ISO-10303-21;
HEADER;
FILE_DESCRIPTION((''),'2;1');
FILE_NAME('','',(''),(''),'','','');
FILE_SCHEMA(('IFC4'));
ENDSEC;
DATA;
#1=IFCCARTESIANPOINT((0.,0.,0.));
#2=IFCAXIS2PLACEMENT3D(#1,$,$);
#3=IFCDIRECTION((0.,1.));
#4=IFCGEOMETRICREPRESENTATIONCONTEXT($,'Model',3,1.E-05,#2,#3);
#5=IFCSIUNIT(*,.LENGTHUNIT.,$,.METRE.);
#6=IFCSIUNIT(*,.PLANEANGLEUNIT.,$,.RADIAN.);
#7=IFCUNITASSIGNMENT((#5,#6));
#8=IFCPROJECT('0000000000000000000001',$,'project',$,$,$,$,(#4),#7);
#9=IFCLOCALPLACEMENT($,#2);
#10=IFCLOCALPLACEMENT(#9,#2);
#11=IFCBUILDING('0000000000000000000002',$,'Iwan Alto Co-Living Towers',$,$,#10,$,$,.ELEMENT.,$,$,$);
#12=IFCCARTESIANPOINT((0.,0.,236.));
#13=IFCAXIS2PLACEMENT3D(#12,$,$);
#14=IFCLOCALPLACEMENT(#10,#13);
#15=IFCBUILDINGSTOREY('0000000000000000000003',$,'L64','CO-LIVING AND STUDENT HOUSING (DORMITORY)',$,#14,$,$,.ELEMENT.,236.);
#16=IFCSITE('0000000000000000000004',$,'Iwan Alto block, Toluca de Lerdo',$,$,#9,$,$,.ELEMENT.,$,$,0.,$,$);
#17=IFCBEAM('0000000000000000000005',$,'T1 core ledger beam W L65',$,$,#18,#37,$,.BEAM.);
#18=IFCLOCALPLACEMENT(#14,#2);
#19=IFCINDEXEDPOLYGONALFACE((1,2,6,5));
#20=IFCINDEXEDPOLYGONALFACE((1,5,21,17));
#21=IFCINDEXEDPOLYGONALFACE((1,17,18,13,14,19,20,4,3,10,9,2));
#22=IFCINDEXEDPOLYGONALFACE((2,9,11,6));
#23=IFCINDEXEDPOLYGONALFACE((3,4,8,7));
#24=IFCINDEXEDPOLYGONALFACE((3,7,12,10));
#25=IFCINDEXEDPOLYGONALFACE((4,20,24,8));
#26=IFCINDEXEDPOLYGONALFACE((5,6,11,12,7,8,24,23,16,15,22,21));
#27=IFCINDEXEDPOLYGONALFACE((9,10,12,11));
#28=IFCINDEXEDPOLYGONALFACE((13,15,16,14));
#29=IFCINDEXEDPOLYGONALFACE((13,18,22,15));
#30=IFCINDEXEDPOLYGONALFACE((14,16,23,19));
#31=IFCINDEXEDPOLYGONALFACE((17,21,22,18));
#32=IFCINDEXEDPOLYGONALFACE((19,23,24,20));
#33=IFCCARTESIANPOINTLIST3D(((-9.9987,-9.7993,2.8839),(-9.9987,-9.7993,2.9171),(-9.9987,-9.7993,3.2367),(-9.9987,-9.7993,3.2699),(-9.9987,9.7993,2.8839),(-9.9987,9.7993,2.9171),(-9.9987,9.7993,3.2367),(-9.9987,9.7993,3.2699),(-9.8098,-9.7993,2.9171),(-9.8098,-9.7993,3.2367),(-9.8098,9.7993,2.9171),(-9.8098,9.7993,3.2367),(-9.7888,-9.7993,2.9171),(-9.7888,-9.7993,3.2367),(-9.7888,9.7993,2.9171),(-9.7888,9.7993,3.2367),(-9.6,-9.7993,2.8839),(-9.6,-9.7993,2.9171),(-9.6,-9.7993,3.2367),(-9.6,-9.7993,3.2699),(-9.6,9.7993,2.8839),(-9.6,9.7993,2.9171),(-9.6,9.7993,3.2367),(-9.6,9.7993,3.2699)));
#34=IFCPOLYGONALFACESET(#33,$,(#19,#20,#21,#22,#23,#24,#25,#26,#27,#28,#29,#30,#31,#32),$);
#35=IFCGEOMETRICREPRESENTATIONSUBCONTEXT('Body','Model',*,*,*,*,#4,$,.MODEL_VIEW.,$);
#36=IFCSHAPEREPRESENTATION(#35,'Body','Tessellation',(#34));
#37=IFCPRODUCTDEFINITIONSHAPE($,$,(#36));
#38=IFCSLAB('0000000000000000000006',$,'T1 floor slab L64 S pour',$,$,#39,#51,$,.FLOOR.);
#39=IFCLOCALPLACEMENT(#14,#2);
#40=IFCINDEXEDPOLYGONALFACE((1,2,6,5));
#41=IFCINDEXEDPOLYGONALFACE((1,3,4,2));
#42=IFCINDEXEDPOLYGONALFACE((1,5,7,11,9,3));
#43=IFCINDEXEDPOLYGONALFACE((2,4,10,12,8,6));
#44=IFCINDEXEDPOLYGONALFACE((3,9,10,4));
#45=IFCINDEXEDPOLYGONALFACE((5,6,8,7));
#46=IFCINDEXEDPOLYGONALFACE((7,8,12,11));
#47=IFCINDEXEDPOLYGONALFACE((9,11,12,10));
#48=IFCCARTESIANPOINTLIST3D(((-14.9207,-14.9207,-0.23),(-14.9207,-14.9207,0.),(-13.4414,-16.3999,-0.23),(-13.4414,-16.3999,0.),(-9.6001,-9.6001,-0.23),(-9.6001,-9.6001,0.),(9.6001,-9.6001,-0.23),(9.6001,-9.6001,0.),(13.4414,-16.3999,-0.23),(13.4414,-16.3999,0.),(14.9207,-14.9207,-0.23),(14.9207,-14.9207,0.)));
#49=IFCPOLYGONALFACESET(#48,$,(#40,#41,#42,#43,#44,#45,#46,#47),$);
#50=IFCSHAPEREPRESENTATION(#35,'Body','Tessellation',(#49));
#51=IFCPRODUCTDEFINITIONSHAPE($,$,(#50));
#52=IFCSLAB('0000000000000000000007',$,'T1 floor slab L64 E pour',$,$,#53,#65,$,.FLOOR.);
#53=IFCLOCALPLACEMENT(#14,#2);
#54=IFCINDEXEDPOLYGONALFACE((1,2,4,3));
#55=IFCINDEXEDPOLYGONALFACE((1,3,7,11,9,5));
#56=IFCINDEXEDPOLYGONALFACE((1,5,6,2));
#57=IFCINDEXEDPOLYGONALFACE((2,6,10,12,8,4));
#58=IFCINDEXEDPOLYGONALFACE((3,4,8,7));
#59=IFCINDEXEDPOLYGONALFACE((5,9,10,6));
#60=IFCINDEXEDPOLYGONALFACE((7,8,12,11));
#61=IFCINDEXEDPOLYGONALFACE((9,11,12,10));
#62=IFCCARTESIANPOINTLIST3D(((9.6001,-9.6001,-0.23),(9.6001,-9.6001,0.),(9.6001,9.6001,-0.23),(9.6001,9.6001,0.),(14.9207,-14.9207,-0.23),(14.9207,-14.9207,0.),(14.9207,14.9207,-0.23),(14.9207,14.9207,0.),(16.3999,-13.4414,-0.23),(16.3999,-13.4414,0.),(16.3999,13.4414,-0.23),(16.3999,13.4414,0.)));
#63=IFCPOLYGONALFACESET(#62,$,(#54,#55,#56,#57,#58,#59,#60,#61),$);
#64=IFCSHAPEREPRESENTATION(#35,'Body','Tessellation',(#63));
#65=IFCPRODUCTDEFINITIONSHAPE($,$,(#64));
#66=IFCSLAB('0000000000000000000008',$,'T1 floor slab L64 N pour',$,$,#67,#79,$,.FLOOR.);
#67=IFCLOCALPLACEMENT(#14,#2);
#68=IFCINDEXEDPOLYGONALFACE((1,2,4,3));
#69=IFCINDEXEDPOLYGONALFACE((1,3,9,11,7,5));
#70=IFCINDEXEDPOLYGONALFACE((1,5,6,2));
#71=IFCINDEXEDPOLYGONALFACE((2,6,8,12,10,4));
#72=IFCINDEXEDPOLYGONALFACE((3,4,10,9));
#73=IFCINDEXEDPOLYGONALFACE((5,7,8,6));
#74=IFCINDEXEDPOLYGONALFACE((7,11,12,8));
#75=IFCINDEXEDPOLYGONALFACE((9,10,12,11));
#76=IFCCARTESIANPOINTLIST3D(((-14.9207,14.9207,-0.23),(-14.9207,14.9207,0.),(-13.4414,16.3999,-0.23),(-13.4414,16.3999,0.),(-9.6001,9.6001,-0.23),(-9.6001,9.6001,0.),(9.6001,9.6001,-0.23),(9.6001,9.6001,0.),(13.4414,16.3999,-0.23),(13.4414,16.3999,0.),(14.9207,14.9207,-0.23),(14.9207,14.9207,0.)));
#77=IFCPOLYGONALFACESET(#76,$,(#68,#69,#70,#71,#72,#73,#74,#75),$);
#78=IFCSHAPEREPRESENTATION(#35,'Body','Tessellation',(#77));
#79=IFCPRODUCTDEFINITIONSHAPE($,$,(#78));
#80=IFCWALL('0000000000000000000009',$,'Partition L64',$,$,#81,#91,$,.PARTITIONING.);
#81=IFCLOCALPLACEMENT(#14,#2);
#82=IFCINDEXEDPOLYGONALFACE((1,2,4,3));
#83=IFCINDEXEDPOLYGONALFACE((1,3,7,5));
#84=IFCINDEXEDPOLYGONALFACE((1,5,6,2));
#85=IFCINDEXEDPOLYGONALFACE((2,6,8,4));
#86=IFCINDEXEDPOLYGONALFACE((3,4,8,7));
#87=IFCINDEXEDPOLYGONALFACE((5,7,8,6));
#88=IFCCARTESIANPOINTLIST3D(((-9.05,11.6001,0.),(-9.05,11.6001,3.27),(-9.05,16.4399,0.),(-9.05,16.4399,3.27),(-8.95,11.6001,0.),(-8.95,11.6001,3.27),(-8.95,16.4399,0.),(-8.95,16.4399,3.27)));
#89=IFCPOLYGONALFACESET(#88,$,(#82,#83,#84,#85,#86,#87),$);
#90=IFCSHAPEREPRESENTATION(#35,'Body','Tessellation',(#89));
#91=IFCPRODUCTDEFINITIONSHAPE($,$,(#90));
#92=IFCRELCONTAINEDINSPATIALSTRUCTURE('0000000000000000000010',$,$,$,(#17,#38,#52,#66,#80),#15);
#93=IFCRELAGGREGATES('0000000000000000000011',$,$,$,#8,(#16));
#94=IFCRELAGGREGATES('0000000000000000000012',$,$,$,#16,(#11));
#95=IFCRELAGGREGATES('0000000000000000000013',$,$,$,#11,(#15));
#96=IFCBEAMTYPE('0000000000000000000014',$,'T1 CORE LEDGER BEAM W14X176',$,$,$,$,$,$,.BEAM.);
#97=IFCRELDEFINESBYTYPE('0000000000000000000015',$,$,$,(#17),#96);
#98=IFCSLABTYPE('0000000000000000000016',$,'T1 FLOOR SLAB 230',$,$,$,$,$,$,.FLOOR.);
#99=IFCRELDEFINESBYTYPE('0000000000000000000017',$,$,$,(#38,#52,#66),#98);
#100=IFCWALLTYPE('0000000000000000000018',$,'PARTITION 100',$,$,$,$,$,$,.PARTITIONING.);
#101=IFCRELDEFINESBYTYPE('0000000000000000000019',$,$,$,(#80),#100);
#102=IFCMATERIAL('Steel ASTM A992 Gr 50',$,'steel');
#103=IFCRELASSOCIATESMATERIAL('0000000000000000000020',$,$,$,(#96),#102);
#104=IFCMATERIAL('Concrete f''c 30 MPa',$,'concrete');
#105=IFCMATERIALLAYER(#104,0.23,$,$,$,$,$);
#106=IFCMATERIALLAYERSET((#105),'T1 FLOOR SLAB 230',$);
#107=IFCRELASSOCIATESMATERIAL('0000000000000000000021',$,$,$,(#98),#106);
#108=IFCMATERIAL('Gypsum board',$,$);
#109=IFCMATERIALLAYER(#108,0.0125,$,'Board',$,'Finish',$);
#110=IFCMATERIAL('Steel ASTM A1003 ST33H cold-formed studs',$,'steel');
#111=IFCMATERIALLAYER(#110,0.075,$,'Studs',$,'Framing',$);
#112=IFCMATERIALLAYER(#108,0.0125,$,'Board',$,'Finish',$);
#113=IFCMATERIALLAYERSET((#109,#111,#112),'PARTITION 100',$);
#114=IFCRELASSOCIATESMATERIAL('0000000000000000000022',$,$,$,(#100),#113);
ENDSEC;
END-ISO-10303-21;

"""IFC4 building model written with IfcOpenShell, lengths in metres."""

from ifc_helpers import new_model, si_unit, direction, frame, frame_2d, origin, origin_2d, place, context, subcontext, project, spatial, polyline, rectangle, i_section, outline, extrude, material, layer, layer_set, material_profile, profile_set, type_object, element, save


model = new_model("IFC4")

# Units and contexts
model_context = context("Model", 3, precision=1e-05, world=origin(), true_north=direction((0.0, 1.0)))
body_context = subcontext(model_context, "Body", "Model", "MODEL_VIEW")
ifc_project = project(units=[si_unit("LENGTHUNIT", "METRE"), si_unit("PLANEANGLEUNIT", "RADIAN")], contexts=[model_context])

# Site, building, storey
site_placement = place(None, origin())
site = spatial("IfcSite", under=ifc_project, at=site_placement, Name="Iwan Alto block, Toluca de Lerdo", CompositionType="ELEMENT", RefElevation=0.0)
building_placement = place(site_placement, origin())
building = spatial("IfcBuilding", under=site, at=building_placement, Name="Iwan Alto Co-Living Towers", CompositionType="ELEMENT")
storey_placement = place(building_placement, frame((0.0, 0.0, 236.0)))
storey = spatial("IfcBuildingStorey", under=building, at=storey_placement, Name="L64", Description="CO-LIVING AND STUDENT HOUSING (DORMITORY)", CompositionType="ELEMENT", Elevation=236.0)

# Beam
ifc_material_1 = material(Name="Steel ASTM A992 Gr 50", Category="steel")
ifc_material_profile = material_profile(ifc_material_1, i_section(OverallWidth=0.3987, OverallDepth=0.386, WebThickness=0.021, FlangeThickness=0.0332, at=origin_2d()), Name="W14X176")
ifc_profile_set = profile_set([ifc_material_profile], Name="Steel ASTM A992 Gr 50")
beam_type = type_object("IfcBeamType", Name="T1 CORE LEDGER BEAM W14X176", PredefinedType="BEAM", material=ifc_profile_set)
beam_placement = place(storey_placement, frame((-9.7993, 9.7993, 3.0769), z_axis=(0.0, -1.0, 0.0), x_axis=(1.0, 0.0, 0.0)))
element("IfcBeam", 1, at=beam_placement, inside=storey, type_object=beam_type, Name="T1 core ledger beam W L65", PredefinedType="BEAM", context=body_context, shape_type="SweptSolid", body=[
    extrude(i_section(OverallWidth=0.3987, OverallDepth=0.386, WebThickness=0.021, FlangeThickness=0.0332, at=origin_2d()), origin(), (0.0, 0.0, 1.0), 19.5986),
])

# Slabs
ifc_material_2 = material(Name="Concrete f'c 30 MPa", Category="concrete")
ifc_layer_1 = layer(ifc_material_2, 0.23)
ifc_layer_set_1 = layer_set([ifc_layer_1], Name="T1 FLOOR SLAB 230")
slab_type = type_object("IfcSlabType", Name="T1 FLOOR SLAB 230", PredefinedType="FLOOR", material=ifc_layer_set_1)
slab_1_placement = place(storey_placement, frame((0.0, 0.0, -0.23)))
element("IfcSlab", 2, at=slab_1_placement, inside=storey, type_object=slab_type, Name="T1 floor slab L64 S pour", PredefinedType="FLOOR", context=body_context, shape_type="SweptSolid", body=[
    extrude(outline(polyline([(13.4414, -16.3999), (-13.4414, -16.3999), (-14.9207, -14.9207), (-9.6001, -9.6001), (9.6001, -9.6001), (14.9207, -14.9207), (13.4414, -16.3999)])), origin(), (0.0, 0.0, 1.0), 0.23),
])
slab_2_placement = place(storey_placement, frame((0.0, 0.0, -0.23)))
element("IfcSlab", 3, at=slab_2_placement, inside=storey, type_object=slab_type, Name="T1 floor slab L64 E pour", PredefinedType="FLOOR", context=body_context, shape_type="SweptSolid", body=[
    extrude(outline(polyline([(16.3999, 13.4414), (16.3999, -13.4414), (14.9207, -14.9207), (9.6001, -9.6001), (9.6001, 9.6001), (14.9207, 14.9207), (16.3999, 13.4414)])), origin(), (0.0, 0.0, 1.0), 0.23),
])
slab_3_placement = place(storey_placement, frame((0.0, 0.0, -0.23)))
element("IfcSlab", 4, at=slab_3_placement, inside=storey, type_object=slab_type, Name="T1 floor slab L64 N pour", PredefinedType="FLOOR", context=body_context, shape_type="SweptSolid", body=[
    extrude(outline(polyline([(-13.4414, 16.3999), (13.4414, 16.3999), (14.9207, 14.9207), (9.6001, 9.6001), (-9.6001, 9.6001), (-14.9207, 14.9207), (-13.4414, 16.3999)])), origin(), (0.0, 0.0, 1.0), 0.23),
])

# Wall
ifc_material_3 = material(Name="Gypsum board")
ifc_layer_2 = layer(ifc_material_3, 0.0125, Name="Board", Category="Finish")
ifc_material_4 = material(Name="Steel ASTM A1003 ST33H cold-formed studs", Category="steel")
ifc_layer_3 = layer(ifc_material_4, 0.075, Name="Studs", Category="Framing")
ifc_layer_4 = layer(ifc_material_3, 0.0125, Name="Board", Category="Finish")
ifc_layer_set_2 = layer_set([ifc_layer_2, ifc_layer_3, ifc_layer_4], Name="PARTITION 100")
wall_type_1 = type_object("IfcWallType", Name="PARTITION 100", PredefinedType="PARTITIONING", material=ifc_layer_set_2)
wall_1_placement = place(storey_placement, frame((-9.0, 11.6001, 0.0), z_axis=(0.0, 0.0, 1.0), x_axis=(0.0, 1.0, 0.0)))
element("IfcWall", 5, at=wall_1_placement, inside=storey, type_object=wall_type_1, Name="Partition L64", PredefinedType="PARTITIONING", context=body_context, shape_type="SweptSolid", body=[
    extrude(rectangle(XDim=4.8398, YDim=0.1001, at=frame_2d((2.4199, 0.0))), origin(), (0.0, 0.0, 1.0), 3.27),
])

save(model, "model.ifc")
